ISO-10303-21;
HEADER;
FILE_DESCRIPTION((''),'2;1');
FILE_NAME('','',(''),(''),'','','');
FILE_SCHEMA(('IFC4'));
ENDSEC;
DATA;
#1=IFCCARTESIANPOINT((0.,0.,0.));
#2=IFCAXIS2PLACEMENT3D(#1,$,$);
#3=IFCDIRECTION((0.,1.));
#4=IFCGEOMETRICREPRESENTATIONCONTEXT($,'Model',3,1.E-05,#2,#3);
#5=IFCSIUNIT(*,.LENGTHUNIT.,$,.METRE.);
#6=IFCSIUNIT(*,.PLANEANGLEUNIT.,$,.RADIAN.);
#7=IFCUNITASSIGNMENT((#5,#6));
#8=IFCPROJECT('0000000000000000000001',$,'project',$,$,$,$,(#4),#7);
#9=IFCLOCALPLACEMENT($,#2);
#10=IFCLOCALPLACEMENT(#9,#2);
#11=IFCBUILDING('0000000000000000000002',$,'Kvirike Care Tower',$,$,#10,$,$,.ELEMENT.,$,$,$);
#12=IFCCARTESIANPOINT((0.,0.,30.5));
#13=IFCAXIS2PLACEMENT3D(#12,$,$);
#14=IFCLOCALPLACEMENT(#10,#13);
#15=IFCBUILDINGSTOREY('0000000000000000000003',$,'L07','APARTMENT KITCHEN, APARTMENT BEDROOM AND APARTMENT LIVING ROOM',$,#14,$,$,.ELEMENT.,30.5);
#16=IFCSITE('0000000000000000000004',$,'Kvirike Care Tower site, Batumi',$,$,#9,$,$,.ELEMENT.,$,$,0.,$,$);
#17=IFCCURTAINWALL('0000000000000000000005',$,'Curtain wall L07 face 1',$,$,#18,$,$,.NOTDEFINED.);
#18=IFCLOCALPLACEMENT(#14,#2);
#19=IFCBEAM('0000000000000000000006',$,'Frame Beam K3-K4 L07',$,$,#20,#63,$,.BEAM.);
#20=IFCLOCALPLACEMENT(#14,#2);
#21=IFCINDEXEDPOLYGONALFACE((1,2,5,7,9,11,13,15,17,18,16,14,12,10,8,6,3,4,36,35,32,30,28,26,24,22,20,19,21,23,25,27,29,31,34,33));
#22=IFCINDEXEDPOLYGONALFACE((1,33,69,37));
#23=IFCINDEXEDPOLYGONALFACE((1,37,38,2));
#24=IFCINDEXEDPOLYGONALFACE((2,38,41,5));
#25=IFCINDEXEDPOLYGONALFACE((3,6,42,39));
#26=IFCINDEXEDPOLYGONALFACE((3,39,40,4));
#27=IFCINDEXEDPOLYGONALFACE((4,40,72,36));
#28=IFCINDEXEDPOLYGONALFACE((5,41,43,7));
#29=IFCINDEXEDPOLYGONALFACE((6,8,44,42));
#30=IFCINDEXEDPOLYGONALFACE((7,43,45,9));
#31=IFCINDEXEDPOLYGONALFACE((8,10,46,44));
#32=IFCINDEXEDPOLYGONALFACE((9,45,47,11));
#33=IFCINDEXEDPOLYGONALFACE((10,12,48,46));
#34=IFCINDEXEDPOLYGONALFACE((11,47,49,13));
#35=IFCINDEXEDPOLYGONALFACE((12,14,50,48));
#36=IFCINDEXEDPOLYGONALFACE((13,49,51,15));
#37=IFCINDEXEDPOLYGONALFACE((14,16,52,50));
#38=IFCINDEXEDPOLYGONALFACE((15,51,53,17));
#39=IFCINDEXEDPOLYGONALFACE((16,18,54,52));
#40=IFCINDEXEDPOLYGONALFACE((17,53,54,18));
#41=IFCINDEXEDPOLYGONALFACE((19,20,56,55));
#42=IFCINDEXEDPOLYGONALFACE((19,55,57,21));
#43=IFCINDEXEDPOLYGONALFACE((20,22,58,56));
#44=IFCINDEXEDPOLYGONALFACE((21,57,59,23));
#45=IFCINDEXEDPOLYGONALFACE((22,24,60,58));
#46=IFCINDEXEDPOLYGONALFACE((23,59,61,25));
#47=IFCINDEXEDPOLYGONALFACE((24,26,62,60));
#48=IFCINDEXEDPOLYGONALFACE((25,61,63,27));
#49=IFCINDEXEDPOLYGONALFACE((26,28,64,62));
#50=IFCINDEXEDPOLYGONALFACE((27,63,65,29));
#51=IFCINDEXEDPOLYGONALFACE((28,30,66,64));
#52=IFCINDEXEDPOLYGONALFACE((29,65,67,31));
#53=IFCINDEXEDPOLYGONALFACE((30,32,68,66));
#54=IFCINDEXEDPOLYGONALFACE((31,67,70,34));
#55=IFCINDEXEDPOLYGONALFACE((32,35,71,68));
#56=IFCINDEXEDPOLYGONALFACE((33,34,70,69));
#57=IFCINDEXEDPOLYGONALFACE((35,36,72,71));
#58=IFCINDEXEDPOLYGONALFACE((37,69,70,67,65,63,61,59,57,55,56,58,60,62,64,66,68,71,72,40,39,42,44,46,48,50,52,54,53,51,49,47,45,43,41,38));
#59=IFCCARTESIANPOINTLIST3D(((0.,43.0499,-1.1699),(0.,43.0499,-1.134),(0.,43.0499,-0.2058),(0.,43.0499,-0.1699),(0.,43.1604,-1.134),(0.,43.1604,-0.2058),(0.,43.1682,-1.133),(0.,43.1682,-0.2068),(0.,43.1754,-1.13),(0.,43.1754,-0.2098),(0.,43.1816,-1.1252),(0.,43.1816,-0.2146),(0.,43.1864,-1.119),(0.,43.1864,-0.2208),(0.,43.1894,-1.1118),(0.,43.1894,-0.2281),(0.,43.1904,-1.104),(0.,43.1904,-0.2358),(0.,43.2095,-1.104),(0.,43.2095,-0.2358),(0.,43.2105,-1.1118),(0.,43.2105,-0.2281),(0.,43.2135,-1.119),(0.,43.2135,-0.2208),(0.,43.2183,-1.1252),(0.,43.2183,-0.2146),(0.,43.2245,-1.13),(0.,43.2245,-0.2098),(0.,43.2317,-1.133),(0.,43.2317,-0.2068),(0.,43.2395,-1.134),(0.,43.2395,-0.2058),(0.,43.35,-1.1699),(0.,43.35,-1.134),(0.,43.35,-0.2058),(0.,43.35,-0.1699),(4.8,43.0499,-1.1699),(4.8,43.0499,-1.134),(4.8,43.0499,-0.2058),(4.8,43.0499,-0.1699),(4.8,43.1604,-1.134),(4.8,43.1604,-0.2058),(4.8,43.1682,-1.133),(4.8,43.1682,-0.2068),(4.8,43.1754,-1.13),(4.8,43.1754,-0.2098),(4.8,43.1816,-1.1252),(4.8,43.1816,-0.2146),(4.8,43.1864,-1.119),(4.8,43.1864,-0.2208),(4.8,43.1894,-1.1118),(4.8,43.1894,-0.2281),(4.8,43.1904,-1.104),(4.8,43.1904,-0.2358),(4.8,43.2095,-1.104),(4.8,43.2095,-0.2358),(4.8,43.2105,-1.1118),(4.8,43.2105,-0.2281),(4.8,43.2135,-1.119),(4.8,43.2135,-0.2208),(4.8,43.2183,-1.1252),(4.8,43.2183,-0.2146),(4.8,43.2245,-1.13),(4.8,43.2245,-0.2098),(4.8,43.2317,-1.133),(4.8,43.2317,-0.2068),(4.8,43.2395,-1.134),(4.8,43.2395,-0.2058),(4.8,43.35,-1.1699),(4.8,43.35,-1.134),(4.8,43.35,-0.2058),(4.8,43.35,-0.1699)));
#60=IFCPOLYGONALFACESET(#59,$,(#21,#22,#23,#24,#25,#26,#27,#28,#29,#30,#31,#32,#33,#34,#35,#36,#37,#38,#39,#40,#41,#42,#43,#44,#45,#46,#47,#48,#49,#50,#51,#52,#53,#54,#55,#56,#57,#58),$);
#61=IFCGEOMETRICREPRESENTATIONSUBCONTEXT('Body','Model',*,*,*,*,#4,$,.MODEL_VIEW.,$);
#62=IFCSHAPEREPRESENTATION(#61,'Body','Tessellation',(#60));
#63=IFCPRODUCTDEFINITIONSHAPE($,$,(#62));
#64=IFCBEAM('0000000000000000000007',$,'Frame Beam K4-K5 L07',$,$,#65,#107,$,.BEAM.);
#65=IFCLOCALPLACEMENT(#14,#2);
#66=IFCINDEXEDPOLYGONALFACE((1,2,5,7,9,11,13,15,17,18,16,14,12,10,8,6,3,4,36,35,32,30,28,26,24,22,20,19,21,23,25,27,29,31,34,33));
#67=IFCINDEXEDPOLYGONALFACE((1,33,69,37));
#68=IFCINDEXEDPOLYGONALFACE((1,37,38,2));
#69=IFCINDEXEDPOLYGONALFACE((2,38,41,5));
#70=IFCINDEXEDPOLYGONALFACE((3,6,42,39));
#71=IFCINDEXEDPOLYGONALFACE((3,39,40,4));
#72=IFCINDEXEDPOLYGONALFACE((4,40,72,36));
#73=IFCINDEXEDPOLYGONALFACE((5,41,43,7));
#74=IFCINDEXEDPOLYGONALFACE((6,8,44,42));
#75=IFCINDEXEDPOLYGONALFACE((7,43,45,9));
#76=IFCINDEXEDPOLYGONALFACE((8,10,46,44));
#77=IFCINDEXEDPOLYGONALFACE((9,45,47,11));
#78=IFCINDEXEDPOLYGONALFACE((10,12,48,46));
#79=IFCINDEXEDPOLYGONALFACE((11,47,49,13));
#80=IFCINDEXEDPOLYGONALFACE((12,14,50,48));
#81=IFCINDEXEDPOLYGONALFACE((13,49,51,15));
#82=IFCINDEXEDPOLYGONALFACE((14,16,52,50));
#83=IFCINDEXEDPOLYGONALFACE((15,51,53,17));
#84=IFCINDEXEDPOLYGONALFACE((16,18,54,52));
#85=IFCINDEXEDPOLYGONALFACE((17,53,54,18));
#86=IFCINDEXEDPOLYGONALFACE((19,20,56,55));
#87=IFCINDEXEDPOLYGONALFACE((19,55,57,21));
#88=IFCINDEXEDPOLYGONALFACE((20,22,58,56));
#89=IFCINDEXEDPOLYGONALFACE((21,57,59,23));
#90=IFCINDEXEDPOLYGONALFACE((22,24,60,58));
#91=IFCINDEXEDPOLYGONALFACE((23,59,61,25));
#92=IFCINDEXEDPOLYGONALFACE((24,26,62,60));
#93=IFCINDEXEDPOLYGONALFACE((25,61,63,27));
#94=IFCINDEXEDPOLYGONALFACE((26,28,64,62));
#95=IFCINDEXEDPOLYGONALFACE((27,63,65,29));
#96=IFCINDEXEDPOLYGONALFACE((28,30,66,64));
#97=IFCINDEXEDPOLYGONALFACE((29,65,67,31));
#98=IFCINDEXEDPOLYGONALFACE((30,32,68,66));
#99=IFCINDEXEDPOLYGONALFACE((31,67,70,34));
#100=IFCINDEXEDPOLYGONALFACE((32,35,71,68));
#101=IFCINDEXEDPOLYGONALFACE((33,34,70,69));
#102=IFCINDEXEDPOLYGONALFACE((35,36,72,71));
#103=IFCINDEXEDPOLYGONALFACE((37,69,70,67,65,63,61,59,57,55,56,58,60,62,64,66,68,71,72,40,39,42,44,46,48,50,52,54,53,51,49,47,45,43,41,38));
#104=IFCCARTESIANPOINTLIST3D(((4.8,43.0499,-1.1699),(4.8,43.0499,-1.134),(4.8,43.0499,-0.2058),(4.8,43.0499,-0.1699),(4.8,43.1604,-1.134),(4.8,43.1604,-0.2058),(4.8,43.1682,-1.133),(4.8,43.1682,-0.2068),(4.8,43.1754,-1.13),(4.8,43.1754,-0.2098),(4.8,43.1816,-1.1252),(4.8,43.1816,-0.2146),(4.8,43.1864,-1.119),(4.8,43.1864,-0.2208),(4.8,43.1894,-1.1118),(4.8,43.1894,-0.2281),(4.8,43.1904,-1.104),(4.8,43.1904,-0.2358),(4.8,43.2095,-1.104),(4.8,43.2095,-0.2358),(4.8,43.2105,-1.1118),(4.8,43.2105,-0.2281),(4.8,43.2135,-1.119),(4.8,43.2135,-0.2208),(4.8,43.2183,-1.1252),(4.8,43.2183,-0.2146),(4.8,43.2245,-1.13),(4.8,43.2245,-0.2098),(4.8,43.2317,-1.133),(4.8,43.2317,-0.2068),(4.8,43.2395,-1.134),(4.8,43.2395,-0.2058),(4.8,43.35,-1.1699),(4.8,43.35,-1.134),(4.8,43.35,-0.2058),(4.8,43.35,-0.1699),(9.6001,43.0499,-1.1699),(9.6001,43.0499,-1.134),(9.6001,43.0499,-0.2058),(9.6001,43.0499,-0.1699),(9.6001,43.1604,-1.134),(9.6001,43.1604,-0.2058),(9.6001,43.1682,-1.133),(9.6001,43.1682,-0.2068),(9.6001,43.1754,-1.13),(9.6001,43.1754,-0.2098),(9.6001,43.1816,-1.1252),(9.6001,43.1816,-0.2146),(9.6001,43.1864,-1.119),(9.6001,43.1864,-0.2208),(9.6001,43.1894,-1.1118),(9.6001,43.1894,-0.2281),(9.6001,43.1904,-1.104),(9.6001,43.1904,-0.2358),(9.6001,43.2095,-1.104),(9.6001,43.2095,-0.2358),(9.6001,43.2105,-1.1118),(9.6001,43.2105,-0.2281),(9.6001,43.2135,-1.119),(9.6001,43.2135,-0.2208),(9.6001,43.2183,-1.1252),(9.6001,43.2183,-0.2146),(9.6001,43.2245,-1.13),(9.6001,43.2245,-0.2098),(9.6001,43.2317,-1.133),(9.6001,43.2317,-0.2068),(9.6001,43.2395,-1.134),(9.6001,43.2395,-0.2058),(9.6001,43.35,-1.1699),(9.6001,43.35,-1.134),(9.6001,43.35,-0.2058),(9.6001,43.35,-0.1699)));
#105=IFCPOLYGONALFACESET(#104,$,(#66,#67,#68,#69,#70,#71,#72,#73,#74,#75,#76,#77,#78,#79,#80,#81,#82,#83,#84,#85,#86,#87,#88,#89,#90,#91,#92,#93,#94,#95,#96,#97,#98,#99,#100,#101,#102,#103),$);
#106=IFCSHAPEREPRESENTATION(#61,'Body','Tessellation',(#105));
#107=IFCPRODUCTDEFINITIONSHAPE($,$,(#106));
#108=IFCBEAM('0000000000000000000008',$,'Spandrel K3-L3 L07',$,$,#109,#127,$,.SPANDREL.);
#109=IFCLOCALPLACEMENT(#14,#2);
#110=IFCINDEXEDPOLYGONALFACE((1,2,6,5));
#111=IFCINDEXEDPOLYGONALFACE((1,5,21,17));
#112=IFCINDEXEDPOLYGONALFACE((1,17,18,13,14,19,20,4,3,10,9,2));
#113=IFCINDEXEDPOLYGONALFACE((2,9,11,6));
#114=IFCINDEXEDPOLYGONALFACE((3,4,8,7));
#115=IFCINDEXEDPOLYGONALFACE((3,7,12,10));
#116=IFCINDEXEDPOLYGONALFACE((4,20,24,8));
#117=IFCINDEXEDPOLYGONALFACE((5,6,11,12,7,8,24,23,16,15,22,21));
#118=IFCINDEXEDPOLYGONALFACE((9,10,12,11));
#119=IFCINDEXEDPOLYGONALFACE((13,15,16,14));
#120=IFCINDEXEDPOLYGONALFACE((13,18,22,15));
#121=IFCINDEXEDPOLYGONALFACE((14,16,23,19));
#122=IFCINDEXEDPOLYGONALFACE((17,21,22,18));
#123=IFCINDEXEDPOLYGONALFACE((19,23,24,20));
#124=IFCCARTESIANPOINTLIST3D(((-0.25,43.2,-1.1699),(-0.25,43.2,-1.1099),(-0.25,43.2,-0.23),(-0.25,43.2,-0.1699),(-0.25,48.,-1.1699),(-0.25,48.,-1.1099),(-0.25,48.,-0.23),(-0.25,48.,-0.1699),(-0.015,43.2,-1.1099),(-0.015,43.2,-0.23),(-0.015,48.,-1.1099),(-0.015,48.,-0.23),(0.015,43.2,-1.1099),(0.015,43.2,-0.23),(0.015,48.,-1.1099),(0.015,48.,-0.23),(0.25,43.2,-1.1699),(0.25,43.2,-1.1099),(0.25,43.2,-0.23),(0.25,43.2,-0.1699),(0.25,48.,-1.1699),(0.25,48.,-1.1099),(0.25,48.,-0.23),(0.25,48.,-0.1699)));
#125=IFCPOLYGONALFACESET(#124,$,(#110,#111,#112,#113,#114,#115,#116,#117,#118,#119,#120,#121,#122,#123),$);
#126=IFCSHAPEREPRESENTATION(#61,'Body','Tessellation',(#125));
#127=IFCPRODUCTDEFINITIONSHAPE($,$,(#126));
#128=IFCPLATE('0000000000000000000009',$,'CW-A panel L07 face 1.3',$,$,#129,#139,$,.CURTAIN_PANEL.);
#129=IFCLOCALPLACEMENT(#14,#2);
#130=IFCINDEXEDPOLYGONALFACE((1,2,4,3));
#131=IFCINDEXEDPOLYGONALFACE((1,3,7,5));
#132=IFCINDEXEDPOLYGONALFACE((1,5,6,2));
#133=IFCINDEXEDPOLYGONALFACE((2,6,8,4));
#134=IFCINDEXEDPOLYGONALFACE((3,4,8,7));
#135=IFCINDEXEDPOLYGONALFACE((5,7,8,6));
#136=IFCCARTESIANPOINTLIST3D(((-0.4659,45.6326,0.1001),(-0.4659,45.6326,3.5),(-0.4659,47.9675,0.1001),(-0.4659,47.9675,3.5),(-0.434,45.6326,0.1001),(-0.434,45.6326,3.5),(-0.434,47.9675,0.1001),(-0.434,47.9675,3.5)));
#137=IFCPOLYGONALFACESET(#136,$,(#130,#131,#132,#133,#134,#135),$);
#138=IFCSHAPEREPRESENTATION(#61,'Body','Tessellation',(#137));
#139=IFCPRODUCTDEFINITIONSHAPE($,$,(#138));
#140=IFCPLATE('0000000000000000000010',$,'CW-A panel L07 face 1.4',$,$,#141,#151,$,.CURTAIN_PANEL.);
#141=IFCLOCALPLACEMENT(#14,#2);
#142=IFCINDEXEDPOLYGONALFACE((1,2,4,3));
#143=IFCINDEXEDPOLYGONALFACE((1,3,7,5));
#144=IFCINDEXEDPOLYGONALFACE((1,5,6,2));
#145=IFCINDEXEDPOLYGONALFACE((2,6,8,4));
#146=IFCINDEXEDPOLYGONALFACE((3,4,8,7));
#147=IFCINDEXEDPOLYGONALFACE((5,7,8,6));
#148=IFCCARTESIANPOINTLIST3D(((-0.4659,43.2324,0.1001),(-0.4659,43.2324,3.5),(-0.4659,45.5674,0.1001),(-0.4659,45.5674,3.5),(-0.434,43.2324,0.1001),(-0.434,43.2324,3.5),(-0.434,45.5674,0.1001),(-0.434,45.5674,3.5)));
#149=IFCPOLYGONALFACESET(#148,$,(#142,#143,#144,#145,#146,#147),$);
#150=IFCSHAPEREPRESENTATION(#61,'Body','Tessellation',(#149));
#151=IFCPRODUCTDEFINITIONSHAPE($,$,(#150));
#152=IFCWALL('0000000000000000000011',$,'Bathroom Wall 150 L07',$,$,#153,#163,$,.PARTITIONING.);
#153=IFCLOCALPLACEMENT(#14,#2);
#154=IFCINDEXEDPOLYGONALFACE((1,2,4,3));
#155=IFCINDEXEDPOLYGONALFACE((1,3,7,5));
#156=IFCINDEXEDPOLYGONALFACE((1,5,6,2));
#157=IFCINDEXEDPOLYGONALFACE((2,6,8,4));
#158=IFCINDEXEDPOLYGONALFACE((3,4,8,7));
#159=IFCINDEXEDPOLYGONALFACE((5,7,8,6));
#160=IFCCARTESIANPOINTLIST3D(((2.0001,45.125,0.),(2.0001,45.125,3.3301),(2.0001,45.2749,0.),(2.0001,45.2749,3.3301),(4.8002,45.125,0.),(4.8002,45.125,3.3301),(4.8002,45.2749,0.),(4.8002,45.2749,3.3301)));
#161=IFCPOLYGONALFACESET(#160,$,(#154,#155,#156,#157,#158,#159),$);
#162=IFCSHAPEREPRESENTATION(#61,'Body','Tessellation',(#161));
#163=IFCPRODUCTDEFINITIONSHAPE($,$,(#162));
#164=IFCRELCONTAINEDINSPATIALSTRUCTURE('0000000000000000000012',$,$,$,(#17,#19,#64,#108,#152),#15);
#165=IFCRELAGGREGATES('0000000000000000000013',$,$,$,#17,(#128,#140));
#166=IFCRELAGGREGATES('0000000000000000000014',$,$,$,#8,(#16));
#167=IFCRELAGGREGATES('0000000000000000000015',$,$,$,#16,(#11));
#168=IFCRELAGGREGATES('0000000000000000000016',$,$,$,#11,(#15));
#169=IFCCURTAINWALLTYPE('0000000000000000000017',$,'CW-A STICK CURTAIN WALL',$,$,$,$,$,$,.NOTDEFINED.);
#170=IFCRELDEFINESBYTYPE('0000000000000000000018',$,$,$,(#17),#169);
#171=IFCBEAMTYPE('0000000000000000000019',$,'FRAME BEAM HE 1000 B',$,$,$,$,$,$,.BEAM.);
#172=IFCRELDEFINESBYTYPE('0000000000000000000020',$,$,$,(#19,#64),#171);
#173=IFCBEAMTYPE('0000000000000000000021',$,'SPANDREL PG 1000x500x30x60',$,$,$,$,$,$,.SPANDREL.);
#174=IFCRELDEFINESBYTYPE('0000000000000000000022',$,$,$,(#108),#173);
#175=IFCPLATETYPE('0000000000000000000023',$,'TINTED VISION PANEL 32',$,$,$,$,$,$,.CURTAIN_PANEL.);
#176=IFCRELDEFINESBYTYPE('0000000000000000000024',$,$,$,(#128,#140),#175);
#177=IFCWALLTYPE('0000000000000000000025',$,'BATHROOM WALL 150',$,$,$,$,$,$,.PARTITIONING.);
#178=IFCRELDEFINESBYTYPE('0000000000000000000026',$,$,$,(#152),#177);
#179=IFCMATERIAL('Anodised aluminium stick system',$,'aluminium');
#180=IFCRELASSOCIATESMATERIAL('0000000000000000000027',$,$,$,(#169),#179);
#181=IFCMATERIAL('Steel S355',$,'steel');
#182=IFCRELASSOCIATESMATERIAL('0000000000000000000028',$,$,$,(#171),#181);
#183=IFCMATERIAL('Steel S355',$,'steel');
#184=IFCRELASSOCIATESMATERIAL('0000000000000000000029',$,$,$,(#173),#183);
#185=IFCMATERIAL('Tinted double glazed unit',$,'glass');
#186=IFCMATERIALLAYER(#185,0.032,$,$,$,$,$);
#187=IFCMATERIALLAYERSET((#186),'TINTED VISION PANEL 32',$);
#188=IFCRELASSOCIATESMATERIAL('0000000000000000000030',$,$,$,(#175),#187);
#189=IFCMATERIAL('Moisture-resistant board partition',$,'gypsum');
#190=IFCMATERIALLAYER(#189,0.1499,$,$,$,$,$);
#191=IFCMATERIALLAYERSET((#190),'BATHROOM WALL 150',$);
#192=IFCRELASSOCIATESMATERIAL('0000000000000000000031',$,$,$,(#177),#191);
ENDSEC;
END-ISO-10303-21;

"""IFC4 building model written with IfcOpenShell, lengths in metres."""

from ifc_helpers import new_model, si_unit, direction, frame, frame_2d, origin, origin_2d, place, context, subcontext, project, spatial, rectangle, i_section, extrude, material, layer, layer_set, material_profile, profile_set, type_object, element, aggregate, save


model = new_model("IFC4")

# Units and contexts
model_context = context("Model", 3, precision=1e-05, world=origin(), true_north=direction((0.0, 1.0)))
body_context = subcontext(model_context, "Body", "Model", "MODEL_VIEW")
ifc_project = project(units=[si_unit("LENGTHUNIT", "METRE"), si_unit("PLANEANGLEUNIT", "RADIAN")], contexts=[model_context])

# Site, building, storey
site_placement = place(None, origin())
site = spatial("IfcSite", under=ifc_project, at=site_placement, Name="Kvirike Care Tower site, Batumi", CompositionType="ELEMENT", RefElevation=0.0)
building_placement = place(site_placement, origin())
building = spatial("IfcBuilding", under=site, at=building_placement, Name="Kvirike Care Tower", CompositionType="ELEMENT")
storey_placement = place(building_placement, frame((0.0, 0.0, 30.5)))
storey = spatial("IfcBuildingStorey", under=building, at=storey_placement, Name="L07", Description="APARTMENT KITCHEN, APARTMENT BEDROOM AND APARTMENT LIVING ROOM", CompositionType="ELEMENT", Elevation=30.5)

# Curtain wall
ifc_material_1 = material(Name="Anodised aluminium stick system", Category="aluminium")
curtain_wall_type = type_object("IfcCurtainWallType", Name="CW-A STICK CURTAIN WALL", PredefinedType="NOTDEFINED", material=ifc_material_1)
curtain_wall_placement = place(storey_placement, origin())
curtain_wall = element("IfcCurtainWall", 1, at=curtain_wall_placement, inside=storey, type_object=curtain_wall_type, Name="Curtain wall L07 face 1", PredefinedType="NOTDEFINED")

# Beams
ifc_material_2 = material(Name="Steel S355", Category="steel")
ifc_material_profile_1 = material_profile(ifc_material_2, i_section(OverallWidth=0.3, OverallDepth=1.0, WebThickness=0.019, FlangeThickness=0.0359, FilletRadius=0.03, at=origin_2d()), Name="HE 1000 B")
ifc_profile_set_1 = profile_set([ifc_material_profile_1], Name="Steel S355")
beam_type_1 = type_object("IfcBeamType", Name="FRAME BEAM HE 1000 B", PredefinedType="BEAM", material=ifc_profile_set_1)
for number, where, z_axis, x_axis, name in (
    (2, (0.0, 43.2, -0.6699), (1.0, 0.0, 0.0), (0.0, 1.0, 0.0), "Frame Beam K3-K4 L07"),
    (3, (4.8, 43.2, -0.6699), (1.0, 0.0, 0.0), (0.0, 1.0, 0.0), "Frame Beam K4-K5 L07"),
):
    element("IfcBeam", number, at=place(storey_placement, frame(where, z_axis=z_axis, x_axis=x_axis)), inside=storey, type_object=beam_type_1, Name=name, PredefinedType="BEAM", context=body_context, shape_type="SweptSolid", body=[
        extrude(i_section(OverallWidth=0.3, OverallDepth=1.0, WebThickness=0.019, FlangeThickness=0.0359, FilletRadius=0.03, at=origin_2d()), origin(), (0.0, 0.0, 1.0), 4.8),
    ])
ifc_material_3 = material(Name="Steel S355", Category="steel")
ifc_material_profile_2 = material_profile(ifc_material_3, i_section(OverallWidth=0.5, OverallDepth=1.0, WebThickness=0.03, FlangeThickness=0.0601, at=origin_2d()), Name="PG 1000x500x30x60")
ifc_profile_set_2 = profile_set([ifc_material_profile_2], Name="Steel S355")
beam_type_2 = type_object("IfcBeamType", Name="SPANDREL PG 1000x500x30x60", PredefinedType="SPANDREL", material=ifc_profile_set_2)
beam_1_placement = place(storey_placement, frame((0.0, 43.2, -0.6699), z_axis=(0.0, 1.0, 0.0), x_axis=(-1.0, 0.0, 0.0)))
element("IfcBeam", 4, at=beam_1_placement, inside=storey, type_object=beam_type_2, Name="Spandrel K3-L3 L07", PredefinedType="SPANDREL", context=body_context, shape_type="SweptSolid", body=[
    extrude(i_section(OverallWidth=0.5, OverallDepth=1.0, WebThickness=0.03, FlangeThickness=0.0601, at=origin_2d()), origin(), (0.0, 0.0, 1.0), 4.8),
])

# Plates
ifc_material_4 = material(Name="Tinted double glazed unit", Category="glass")
ifc_layer_1 = layer(ifc_material_4, 0.032)
ifc_layer_set_1 = layer_set([ifc_layer_1], Name="TINTED VISION PANEL 32")
plate_type = type_object("IfcPlateType", Name="TINTED VISION PANEL 32", PredefinedType="CURTAIN_PANEL", material=ifc_layer_set_1)
plate_1_placement = place(storey_placement, frame((-0.45, 46.8, 0.1001), z_axis=(0.0, 0.0, 1.0), x_axis=(0.0, -1.0, 0.0)))
plate_1 = element("IfcPlate", 5, at=plate_1_placement, type_object=plate_type, Name="CW-A panel L07 face 1.3", PredefinedType="CURTAIN_PANEL", context=body_context, shape_type="SweptSolid", body=[
    extrude(rectangle(XDim=2.335, YDim=0.032, at=origin_2d()), origin(), (0.0, 0.0, 1.0), 3.3999),
])
plate_2_placement = place(storey_placement, frame((-0.45, 44.3999, 0.1001), z_axis=(0.0, 0.0, 1.0), x_axis=(0.0, -1.0, 0.0)))
plate_2 = element("IfcPlate", 6, at=plate_2_placement, type_object=plate_type, Name="CW-A panel L07 face 1.4", PredefinedType="CURTAIN_PANEL", context=body_context, shape_type="SweptSolid", body=[
    extrude(rectangle(XDim=2.335, YDim=0.032, at=origin_2d()), origin(), (0.0, 0.0, 1.0), 3.3999),
])
aggregate(curtain_wall, [plate_1, plate_2])

# Wall
ifc_material_5 = material(Name="Moisture-resistant board partition", Category="gypsum")
ifc_layer_2 = layer(ifc_material_5, 0.1499)
ifc_layer_set_2 = layer_set([ifc_layer_2], Name="BATHROOM WALL 150")
wall_type_1 = type_object("IfcWallType", Name="BATHROOM WALL 150", PredefinedType="PARTITIONING", material=ifc_layer_set_2)
wall_1_placement = place(storey_placement, frame((4.8, 45.2, 0.0), z_axis=(0.0, 0.0, 1.0), x_axis=(-1.0, 0.0, 0.0)))
element("IfcWall", 7, at=wall_1_placement, inside=storey, type_object=wall_type_1, Name="Bathroom Wall 150 L07", PredefinedType="PARTITIONING", context=body_context, shape_type="SweptSolid", body=[
    extrude(rectangle(XDim=2.8, YDim=0.1499, at=frame_2d((1.3999, 0.0))), origin(), (0.0, 0.0, 1.0), 3.3301),
])

save(model, "model.ifc")
